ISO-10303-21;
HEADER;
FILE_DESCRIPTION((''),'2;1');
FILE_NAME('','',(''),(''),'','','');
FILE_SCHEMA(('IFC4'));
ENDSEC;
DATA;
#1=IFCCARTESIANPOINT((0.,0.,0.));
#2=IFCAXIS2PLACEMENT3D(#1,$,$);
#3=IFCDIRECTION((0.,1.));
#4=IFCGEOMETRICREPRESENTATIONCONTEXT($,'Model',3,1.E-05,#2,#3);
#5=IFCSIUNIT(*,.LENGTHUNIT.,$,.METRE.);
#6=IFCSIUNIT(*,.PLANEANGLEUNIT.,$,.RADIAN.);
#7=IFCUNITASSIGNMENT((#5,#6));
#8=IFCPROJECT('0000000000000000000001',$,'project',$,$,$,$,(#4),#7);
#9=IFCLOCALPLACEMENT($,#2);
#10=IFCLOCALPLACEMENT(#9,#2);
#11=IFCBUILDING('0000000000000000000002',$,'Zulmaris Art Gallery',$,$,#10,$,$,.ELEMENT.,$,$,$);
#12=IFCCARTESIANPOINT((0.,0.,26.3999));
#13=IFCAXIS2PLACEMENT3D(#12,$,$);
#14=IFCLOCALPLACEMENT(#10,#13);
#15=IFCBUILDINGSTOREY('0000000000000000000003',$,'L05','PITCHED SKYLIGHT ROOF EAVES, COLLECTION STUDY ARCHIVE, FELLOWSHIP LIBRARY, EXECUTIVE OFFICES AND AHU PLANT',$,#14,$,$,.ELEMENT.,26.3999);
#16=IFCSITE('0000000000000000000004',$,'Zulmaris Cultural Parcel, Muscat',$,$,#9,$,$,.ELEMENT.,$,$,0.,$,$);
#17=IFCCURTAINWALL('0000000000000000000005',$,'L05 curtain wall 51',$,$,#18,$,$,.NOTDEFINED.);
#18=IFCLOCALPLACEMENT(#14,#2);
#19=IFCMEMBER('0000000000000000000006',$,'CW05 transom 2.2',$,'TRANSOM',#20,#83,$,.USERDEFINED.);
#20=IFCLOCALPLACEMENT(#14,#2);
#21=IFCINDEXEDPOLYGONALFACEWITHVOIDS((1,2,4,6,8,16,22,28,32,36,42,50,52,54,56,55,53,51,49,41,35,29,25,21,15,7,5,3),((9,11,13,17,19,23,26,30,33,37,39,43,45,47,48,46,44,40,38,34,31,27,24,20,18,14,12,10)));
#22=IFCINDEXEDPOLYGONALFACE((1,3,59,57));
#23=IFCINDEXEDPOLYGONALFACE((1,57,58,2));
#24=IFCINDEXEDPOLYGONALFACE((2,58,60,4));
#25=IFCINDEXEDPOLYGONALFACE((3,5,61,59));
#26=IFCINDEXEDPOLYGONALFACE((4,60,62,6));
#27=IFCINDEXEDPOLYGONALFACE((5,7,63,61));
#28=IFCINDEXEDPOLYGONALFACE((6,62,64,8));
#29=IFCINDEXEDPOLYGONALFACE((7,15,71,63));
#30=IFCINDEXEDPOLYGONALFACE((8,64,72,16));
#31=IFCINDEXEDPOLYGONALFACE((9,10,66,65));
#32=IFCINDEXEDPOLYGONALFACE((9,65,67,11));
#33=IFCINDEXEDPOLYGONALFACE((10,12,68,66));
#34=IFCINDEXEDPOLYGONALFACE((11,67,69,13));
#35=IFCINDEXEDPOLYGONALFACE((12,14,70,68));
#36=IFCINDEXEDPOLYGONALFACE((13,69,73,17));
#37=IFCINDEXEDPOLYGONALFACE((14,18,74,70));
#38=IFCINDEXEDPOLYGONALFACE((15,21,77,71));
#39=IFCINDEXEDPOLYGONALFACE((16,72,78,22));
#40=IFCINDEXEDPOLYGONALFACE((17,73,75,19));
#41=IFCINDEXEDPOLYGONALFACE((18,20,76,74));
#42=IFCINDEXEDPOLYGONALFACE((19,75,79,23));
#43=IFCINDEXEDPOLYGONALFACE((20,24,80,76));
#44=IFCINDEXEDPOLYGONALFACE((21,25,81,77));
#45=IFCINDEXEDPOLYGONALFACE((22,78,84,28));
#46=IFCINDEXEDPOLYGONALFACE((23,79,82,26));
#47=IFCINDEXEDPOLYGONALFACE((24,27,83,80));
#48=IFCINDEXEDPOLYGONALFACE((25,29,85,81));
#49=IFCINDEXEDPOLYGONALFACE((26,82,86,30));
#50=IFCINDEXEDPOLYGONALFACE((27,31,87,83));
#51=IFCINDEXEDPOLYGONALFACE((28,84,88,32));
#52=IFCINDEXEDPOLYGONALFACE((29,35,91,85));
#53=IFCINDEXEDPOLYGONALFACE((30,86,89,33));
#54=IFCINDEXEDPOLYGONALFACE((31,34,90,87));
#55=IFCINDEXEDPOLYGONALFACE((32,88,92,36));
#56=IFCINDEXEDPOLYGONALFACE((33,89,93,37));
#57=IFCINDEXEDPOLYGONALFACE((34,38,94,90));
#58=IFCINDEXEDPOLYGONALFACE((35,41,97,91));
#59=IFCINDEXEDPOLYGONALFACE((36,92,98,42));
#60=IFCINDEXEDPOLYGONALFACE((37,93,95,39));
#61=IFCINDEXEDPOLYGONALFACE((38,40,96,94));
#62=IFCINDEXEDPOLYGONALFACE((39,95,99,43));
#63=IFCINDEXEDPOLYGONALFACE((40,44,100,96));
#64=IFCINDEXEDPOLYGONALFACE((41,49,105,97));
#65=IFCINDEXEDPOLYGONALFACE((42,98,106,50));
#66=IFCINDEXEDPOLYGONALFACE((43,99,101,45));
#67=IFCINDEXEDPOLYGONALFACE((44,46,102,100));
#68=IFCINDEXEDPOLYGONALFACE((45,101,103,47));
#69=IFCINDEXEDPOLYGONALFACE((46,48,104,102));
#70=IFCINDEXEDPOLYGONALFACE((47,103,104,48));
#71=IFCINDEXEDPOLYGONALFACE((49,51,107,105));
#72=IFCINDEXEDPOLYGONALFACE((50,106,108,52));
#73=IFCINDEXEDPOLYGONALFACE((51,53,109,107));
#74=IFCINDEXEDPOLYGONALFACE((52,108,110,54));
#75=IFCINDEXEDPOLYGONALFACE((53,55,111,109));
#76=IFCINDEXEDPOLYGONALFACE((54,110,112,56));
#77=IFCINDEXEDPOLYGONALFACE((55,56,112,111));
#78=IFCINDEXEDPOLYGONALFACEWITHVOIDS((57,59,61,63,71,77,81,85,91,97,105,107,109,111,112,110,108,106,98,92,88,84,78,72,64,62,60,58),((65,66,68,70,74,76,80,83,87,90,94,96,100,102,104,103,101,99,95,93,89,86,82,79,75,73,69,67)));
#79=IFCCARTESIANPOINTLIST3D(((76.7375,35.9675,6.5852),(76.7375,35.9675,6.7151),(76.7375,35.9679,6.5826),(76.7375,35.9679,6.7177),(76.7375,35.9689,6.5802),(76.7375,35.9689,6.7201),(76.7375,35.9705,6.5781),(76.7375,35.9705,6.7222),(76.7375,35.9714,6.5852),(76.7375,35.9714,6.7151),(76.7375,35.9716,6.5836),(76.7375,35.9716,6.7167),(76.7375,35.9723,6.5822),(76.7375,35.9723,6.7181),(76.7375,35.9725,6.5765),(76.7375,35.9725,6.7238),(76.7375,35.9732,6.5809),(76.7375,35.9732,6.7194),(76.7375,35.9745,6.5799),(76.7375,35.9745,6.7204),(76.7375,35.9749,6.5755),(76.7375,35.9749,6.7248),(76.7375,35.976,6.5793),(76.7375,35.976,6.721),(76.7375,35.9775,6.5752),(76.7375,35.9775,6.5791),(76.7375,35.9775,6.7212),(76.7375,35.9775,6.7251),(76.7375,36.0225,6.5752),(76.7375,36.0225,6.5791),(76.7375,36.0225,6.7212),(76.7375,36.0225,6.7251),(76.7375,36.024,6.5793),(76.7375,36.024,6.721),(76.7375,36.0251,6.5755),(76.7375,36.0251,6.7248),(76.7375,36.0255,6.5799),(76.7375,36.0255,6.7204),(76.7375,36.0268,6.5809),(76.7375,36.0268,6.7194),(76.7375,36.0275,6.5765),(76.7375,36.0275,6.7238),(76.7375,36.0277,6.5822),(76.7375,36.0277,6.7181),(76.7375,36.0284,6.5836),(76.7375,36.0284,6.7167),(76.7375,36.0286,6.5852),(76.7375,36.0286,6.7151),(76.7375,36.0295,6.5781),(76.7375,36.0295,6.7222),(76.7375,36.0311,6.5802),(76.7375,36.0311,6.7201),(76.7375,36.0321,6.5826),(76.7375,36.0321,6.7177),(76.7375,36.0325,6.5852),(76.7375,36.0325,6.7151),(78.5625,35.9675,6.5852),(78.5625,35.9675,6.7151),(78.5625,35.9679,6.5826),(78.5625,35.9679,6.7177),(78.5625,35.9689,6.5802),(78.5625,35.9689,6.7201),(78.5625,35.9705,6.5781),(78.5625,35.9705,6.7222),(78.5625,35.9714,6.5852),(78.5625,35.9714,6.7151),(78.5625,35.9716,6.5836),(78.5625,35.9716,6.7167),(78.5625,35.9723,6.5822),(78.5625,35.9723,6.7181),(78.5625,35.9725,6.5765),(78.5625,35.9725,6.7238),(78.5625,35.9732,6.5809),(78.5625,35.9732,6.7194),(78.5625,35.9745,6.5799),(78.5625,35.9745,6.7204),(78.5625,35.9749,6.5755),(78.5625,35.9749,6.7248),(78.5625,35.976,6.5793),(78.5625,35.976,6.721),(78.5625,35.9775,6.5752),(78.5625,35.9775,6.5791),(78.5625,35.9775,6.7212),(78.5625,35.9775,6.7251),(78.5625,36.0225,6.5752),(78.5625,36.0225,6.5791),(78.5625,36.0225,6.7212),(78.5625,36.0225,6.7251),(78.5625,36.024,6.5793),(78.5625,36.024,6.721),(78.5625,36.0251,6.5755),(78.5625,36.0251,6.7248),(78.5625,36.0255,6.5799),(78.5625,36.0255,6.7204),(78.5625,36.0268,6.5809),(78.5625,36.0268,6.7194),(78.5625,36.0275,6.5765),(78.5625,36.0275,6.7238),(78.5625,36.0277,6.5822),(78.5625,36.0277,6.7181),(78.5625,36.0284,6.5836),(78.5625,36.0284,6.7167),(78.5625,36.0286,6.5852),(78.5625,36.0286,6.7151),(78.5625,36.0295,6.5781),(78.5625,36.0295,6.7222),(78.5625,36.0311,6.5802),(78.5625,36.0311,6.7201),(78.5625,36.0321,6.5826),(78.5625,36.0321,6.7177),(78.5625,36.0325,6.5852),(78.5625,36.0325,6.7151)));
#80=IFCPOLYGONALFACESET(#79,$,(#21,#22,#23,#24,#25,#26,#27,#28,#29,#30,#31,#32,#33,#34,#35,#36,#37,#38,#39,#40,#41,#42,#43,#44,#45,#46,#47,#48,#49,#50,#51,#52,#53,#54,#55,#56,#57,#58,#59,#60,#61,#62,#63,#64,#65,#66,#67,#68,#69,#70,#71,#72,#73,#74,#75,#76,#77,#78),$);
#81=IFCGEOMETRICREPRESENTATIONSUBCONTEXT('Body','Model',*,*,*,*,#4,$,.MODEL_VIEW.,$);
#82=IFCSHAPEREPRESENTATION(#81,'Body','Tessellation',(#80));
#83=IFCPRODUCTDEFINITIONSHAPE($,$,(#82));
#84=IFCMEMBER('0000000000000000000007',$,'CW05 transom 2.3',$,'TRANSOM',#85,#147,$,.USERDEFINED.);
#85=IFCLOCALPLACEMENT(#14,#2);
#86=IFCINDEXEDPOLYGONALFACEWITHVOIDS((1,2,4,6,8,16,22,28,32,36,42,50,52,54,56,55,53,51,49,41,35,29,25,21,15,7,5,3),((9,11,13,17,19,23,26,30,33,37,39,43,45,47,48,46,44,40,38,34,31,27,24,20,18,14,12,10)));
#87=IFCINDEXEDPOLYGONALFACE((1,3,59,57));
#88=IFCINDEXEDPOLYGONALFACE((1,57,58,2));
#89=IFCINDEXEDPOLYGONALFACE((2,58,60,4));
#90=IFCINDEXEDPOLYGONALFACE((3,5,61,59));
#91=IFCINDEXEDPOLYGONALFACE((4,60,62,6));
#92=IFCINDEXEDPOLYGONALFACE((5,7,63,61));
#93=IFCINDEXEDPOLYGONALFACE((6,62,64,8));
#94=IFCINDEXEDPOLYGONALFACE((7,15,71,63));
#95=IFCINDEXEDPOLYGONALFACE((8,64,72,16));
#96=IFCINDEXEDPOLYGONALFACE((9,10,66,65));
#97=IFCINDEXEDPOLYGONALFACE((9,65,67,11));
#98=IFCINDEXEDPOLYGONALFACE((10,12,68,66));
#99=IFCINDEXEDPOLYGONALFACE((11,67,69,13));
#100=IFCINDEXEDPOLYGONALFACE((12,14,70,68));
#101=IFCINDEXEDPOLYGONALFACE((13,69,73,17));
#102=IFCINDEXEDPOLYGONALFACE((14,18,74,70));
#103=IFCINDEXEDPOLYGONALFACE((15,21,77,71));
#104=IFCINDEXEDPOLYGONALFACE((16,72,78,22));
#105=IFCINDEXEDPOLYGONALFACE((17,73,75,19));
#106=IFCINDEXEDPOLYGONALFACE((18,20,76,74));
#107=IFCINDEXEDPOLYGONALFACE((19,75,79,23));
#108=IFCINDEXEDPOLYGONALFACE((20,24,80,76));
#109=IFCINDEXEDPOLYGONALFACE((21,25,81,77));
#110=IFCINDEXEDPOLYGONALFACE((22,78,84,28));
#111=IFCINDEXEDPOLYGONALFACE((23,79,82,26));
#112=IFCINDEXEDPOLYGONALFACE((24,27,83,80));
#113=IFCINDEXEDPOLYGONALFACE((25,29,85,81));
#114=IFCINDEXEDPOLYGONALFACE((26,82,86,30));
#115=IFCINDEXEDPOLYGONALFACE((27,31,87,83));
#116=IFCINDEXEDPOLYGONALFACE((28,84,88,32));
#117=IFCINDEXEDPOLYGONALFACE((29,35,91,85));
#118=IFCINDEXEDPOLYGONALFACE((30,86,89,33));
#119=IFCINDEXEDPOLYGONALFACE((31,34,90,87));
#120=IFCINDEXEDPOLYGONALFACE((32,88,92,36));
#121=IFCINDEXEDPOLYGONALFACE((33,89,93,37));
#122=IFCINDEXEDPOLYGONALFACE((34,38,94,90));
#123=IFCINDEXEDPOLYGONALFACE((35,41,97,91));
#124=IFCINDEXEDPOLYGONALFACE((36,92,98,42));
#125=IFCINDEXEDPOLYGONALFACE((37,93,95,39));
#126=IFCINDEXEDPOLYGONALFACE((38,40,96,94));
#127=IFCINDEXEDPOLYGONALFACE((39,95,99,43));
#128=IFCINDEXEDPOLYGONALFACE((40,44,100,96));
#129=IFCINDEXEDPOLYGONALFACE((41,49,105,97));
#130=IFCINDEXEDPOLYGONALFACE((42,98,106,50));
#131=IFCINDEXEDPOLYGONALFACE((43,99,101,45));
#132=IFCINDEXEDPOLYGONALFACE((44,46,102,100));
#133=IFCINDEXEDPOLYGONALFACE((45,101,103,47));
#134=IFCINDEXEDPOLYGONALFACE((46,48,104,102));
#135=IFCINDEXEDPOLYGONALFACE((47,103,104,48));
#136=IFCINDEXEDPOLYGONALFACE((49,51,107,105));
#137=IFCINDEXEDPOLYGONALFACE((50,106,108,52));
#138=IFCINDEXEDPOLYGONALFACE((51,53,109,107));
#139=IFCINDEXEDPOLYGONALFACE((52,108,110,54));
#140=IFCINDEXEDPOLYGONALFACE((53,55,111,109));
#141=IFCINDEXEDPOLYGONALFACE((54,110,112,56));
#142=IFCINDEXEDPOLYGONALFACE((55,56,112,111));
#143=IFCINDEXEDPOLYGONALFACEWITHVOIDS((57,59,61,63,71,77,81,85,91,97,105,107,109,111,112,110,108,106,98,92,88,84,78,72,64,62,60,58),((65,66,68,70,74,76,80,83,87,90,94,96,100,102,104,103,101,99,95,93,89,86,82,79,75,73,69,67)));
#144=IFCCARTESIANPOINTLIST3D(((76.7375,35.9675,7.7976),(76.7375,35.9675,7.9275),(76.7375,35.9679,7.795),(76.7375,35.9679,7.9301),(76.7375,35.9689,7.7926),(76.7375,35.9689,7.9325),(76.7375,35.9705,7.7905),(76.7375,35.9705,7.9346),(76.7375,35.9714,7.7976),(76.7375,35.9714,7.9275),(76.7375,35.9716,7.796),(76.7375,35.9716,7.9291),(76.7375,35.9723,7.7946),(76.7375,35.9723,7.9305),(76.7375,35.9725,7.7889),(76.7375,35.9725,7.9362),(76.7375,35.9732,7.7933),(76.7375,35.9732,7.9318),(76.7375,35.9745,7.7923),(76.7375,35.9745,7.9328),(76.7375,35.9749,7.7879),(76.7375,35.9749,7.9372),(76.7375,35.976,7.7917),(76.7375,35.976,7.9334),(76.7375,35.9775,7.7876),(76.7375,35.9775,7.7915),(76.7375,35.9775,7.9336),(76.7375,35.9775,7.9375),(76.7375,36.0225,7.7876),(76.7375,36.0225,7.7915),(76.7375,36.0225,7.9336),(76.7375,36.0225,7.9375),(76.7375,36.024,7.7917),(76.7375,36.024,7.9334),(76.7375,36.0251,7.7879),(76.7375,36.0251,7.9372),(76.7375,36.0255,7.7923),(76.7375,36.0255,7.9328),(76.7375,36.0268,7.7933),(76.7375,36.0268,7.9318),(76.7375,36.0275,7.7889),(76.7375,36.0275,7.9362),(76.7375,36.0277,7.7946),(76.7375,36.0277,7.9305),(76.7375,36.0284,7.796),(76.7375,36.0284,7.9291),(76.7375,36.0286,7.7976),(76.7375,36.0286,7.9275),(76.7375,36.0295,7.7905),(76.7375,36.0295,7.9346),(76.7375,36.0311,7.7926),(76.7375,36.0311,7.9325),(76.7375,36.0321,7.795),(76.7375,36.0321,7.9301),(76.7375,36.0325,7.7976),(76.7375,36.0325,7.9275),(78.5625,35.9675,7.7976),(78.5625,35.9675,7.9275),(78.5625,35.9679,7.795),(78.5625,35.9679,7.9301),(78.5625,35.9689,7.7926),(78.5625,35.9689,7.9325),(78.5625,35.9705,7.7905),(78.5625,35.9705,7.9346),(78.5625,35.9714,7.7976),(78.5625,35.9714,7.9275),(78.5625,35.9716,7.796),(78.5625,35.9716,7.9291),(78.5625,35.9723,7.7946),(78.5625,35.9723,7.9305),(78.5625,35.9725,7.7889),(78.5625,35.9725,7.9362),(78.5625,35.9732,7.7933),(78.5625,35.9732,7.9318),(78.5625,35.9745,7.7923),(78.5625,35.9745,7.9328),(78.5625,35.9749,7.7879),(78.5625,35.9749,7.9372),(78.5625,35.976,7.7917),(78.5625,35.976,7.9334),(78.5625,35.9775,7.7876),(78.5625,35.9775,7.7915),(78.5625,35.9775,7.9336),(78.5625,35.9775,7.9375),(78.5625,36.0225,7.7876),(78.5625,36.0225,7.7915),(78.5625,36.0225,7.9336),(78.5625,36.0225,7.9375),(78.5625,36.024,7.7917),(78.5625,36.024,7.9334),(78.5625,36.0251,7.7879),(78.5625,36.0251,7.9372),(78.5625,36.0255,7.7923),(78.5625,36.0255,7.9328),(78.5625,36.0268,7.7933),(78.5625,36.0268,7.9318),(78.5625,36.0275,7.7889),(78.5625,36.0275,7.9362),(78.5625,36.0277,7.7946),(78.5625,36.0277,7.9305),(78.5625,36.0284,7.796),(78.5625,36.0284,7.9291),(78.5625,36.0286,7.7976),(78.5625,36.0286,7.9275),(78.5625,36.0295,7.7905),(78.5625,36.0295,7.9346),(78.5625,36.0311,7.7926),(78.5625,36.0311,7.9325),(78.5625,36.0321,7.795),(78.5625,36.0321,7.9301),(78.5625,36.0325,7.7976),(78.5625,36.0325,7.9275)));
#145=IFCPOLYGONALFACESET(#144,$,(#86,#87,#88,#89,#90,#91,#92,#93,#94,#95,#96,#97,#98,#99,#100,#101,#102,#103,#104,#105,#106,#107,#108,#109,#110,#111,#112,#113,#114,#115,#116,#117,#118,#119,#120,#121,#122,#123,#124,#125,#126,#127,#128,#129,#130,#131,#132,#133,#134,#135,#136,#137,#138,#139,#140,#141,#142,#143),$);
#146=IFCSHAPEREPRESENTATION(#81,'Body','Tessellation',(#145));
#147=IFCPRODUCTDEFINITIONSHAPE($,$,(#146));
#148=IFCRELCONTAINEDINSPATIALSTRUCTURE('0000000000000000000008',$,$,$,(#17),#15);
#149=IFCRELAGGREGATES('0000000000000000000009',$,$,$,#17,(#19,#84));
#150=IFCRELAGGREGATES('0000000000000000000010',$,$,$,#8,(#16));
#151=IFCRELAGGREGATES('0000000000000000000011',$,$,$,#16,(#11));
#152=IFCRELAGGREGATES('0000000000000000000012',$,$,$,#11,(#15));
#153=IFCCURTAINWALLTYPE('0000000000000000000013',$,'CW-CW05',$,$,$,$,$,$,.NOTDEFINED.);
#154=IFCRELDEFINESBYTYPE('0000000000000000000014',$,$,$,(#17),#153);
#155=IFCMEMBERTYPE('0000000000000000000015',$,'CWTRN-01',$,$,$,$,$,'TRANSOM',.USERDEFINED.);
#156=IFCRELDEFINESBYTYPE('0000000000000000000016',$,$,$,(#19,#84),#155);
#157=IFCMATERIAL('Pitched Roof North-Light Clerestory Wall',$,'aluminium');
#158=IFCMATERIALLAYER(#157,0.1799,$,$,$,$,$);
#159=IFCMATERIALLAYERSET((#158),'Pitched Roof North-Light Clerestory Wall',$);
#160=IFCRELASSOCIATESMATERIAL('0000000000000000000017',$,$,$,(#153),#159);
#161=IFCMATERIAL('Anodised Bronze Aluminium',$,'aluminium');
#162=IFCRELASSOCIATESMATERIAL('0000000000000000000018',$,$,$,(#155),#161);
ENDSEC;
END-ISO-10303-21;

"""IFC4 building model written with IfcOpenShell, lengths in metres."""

from ifc_helpers import new_model, si_unit, direction, frame, origin, origin_2d, place, context, subcontext, project, spatial, hollow_rectangle, extrude, material, layer, layer_set, material_profile, profile_set, type_object, element, aggregate, save


model = new_model("IFC4")

# Units and contexts
model_context = context("Model", 3, precision=1e-05, world=origin(), true_north=direction((0.0, 1.0)))
body_context = subcontext(model_context, "Body", "Model", "MODEL_VIEW")
ifc_project = project(units=[si_unit("LENGTHUNIT", "METRE"), si_unit("PLANEANGLEUNIT", "RADIAN")], contexts=[model_context])

# Site, building, storey
site_placement = place(None, origin())
site = spatial("IfcSite", under=ifc_project, at=site_placement, Name="Zulmaris Cultural Parcel, Muscat", CompositionType="ELEMENT", RefElevation=0.0)
building_placement = place(site_placement, origin())
building = spatial("IfcBuilding", under=site, at=building_placement, Name="Zulmaris Art Gallery", CompositionType="ELEMENT")
storey_placement = place(building_placement, frame((0.0, 0.0, 26.3999)))
storey = spatial("IfcBuildingStorey", under=building, at=storey_placement, Name="L05", Description="PITCHED SKYLIGHT ROOF EAVES, COLLECTION STUDY ARCHIVE, FELLOWSHIP LIBRARY, EXECUTIVE OFFICES AND AHU PLANT", CompositionType="ELEMENT", Elevation=26.3999)

# Shared definitions
ifc_material_1 = material(Name="Pitched Roof North-Light Clerestory Wall", Category="aluminium")
ifc_layer_1 = layer(ifc_material_1, 0.1799)
ifc_layer_set_1 = layer_set([ifc_layer_1], Name="Pitched Roof North-Light Clerestory Wall")
curtain_wall_type = type_object("IfcCurtainWallType", Name="CW-CW05", PredefinedType="NOTDEFINED", material=ifc_layer_set_1)
ifc_material_2 = material(Name="Anodised Bronze Aluminium", Category="aluminium")

# Curtain wall
curtain_wall_1_placement = place(storey_placement, origin())
curtain_wall_1 = element("IfcCurtainWall", 1, at=curtain_wall_1_placement, inside=storey, type_object=curtain_wall_type, Name="L05 curtain wall 51", PredefinedType="NOTDEFINED")

# Members
ifc_material_profile_1 = material_profile(ifc_material_2, hollow_rectangle(XDim=0.0649, YDim=0.1499, WallThickness=0.0039, InnerFilletRadius=0.0061, OuterFilletRadius=0.01, at=origin_2d()), Name="ALU 65x150x4")
ifc_profile_set_1 = profile_set([ifc_material_profile_1], Name="Anodised Bronze Aluminium")
member_type_1 = type_object("IfcMemberType", Name="CWTRN-01", ElementType="TRANSOM", PredefinedType="USERDEFINED", material=ifc_profile_set_1)
member_1_placement = place(storey_placement, frame((76.7375, 36.0, 6.6501), z_axis=(1.0, 0.0, 0.0), x_axis=(0.0, 1.0, 0.0)))
member_1 = element("IfcMember", 2, at=member_1_placement, type_object=member_type_1, Name="CW05 transom 2.2", ObjectType="TRANSOM", PredefinedType="USERDEFINED", context=body_context, shape_type="SweptSolid", body=[
    extrude(hollow_rectangle(XDim=0.0649, YDim=0.1499, WallThickness=0.0039, InnerFilletRadius=0.0061, OuterFilletRadius=0.01, at=origin_2d()), origin(), (0.0, 0.0, 1.0), 1.825),
])
member_2_placement = place(storey_placement, frame((76.7375, 36.0, 7.8625), z_axis=(1.0, 0.0, 0.0), x_axis=(0.0, 1.0, 0.0)))
member_2 = element("IfcMember", 3, at=member_2_placement, type_object=member_type_1, Name="CW05 transom 2.3", ObjectType="TRANSOM", PredefinedType="USERDEFINED", context=body_context, shape_type="SweptSolid", body=[
    extrude(hollow_rectangle(XDim=0.0649, YDim=0.1499, WallThickness=0.0039, InnerFilletRadius=0.0061, OuterFilletRadius=0.01, at=origin_2d()), origin(), (0.0, 0.0, 1.0), 1.825),
])

aggregate(curtain_wall_1, [member_1, member_2])

save(model, "model.ifc")
